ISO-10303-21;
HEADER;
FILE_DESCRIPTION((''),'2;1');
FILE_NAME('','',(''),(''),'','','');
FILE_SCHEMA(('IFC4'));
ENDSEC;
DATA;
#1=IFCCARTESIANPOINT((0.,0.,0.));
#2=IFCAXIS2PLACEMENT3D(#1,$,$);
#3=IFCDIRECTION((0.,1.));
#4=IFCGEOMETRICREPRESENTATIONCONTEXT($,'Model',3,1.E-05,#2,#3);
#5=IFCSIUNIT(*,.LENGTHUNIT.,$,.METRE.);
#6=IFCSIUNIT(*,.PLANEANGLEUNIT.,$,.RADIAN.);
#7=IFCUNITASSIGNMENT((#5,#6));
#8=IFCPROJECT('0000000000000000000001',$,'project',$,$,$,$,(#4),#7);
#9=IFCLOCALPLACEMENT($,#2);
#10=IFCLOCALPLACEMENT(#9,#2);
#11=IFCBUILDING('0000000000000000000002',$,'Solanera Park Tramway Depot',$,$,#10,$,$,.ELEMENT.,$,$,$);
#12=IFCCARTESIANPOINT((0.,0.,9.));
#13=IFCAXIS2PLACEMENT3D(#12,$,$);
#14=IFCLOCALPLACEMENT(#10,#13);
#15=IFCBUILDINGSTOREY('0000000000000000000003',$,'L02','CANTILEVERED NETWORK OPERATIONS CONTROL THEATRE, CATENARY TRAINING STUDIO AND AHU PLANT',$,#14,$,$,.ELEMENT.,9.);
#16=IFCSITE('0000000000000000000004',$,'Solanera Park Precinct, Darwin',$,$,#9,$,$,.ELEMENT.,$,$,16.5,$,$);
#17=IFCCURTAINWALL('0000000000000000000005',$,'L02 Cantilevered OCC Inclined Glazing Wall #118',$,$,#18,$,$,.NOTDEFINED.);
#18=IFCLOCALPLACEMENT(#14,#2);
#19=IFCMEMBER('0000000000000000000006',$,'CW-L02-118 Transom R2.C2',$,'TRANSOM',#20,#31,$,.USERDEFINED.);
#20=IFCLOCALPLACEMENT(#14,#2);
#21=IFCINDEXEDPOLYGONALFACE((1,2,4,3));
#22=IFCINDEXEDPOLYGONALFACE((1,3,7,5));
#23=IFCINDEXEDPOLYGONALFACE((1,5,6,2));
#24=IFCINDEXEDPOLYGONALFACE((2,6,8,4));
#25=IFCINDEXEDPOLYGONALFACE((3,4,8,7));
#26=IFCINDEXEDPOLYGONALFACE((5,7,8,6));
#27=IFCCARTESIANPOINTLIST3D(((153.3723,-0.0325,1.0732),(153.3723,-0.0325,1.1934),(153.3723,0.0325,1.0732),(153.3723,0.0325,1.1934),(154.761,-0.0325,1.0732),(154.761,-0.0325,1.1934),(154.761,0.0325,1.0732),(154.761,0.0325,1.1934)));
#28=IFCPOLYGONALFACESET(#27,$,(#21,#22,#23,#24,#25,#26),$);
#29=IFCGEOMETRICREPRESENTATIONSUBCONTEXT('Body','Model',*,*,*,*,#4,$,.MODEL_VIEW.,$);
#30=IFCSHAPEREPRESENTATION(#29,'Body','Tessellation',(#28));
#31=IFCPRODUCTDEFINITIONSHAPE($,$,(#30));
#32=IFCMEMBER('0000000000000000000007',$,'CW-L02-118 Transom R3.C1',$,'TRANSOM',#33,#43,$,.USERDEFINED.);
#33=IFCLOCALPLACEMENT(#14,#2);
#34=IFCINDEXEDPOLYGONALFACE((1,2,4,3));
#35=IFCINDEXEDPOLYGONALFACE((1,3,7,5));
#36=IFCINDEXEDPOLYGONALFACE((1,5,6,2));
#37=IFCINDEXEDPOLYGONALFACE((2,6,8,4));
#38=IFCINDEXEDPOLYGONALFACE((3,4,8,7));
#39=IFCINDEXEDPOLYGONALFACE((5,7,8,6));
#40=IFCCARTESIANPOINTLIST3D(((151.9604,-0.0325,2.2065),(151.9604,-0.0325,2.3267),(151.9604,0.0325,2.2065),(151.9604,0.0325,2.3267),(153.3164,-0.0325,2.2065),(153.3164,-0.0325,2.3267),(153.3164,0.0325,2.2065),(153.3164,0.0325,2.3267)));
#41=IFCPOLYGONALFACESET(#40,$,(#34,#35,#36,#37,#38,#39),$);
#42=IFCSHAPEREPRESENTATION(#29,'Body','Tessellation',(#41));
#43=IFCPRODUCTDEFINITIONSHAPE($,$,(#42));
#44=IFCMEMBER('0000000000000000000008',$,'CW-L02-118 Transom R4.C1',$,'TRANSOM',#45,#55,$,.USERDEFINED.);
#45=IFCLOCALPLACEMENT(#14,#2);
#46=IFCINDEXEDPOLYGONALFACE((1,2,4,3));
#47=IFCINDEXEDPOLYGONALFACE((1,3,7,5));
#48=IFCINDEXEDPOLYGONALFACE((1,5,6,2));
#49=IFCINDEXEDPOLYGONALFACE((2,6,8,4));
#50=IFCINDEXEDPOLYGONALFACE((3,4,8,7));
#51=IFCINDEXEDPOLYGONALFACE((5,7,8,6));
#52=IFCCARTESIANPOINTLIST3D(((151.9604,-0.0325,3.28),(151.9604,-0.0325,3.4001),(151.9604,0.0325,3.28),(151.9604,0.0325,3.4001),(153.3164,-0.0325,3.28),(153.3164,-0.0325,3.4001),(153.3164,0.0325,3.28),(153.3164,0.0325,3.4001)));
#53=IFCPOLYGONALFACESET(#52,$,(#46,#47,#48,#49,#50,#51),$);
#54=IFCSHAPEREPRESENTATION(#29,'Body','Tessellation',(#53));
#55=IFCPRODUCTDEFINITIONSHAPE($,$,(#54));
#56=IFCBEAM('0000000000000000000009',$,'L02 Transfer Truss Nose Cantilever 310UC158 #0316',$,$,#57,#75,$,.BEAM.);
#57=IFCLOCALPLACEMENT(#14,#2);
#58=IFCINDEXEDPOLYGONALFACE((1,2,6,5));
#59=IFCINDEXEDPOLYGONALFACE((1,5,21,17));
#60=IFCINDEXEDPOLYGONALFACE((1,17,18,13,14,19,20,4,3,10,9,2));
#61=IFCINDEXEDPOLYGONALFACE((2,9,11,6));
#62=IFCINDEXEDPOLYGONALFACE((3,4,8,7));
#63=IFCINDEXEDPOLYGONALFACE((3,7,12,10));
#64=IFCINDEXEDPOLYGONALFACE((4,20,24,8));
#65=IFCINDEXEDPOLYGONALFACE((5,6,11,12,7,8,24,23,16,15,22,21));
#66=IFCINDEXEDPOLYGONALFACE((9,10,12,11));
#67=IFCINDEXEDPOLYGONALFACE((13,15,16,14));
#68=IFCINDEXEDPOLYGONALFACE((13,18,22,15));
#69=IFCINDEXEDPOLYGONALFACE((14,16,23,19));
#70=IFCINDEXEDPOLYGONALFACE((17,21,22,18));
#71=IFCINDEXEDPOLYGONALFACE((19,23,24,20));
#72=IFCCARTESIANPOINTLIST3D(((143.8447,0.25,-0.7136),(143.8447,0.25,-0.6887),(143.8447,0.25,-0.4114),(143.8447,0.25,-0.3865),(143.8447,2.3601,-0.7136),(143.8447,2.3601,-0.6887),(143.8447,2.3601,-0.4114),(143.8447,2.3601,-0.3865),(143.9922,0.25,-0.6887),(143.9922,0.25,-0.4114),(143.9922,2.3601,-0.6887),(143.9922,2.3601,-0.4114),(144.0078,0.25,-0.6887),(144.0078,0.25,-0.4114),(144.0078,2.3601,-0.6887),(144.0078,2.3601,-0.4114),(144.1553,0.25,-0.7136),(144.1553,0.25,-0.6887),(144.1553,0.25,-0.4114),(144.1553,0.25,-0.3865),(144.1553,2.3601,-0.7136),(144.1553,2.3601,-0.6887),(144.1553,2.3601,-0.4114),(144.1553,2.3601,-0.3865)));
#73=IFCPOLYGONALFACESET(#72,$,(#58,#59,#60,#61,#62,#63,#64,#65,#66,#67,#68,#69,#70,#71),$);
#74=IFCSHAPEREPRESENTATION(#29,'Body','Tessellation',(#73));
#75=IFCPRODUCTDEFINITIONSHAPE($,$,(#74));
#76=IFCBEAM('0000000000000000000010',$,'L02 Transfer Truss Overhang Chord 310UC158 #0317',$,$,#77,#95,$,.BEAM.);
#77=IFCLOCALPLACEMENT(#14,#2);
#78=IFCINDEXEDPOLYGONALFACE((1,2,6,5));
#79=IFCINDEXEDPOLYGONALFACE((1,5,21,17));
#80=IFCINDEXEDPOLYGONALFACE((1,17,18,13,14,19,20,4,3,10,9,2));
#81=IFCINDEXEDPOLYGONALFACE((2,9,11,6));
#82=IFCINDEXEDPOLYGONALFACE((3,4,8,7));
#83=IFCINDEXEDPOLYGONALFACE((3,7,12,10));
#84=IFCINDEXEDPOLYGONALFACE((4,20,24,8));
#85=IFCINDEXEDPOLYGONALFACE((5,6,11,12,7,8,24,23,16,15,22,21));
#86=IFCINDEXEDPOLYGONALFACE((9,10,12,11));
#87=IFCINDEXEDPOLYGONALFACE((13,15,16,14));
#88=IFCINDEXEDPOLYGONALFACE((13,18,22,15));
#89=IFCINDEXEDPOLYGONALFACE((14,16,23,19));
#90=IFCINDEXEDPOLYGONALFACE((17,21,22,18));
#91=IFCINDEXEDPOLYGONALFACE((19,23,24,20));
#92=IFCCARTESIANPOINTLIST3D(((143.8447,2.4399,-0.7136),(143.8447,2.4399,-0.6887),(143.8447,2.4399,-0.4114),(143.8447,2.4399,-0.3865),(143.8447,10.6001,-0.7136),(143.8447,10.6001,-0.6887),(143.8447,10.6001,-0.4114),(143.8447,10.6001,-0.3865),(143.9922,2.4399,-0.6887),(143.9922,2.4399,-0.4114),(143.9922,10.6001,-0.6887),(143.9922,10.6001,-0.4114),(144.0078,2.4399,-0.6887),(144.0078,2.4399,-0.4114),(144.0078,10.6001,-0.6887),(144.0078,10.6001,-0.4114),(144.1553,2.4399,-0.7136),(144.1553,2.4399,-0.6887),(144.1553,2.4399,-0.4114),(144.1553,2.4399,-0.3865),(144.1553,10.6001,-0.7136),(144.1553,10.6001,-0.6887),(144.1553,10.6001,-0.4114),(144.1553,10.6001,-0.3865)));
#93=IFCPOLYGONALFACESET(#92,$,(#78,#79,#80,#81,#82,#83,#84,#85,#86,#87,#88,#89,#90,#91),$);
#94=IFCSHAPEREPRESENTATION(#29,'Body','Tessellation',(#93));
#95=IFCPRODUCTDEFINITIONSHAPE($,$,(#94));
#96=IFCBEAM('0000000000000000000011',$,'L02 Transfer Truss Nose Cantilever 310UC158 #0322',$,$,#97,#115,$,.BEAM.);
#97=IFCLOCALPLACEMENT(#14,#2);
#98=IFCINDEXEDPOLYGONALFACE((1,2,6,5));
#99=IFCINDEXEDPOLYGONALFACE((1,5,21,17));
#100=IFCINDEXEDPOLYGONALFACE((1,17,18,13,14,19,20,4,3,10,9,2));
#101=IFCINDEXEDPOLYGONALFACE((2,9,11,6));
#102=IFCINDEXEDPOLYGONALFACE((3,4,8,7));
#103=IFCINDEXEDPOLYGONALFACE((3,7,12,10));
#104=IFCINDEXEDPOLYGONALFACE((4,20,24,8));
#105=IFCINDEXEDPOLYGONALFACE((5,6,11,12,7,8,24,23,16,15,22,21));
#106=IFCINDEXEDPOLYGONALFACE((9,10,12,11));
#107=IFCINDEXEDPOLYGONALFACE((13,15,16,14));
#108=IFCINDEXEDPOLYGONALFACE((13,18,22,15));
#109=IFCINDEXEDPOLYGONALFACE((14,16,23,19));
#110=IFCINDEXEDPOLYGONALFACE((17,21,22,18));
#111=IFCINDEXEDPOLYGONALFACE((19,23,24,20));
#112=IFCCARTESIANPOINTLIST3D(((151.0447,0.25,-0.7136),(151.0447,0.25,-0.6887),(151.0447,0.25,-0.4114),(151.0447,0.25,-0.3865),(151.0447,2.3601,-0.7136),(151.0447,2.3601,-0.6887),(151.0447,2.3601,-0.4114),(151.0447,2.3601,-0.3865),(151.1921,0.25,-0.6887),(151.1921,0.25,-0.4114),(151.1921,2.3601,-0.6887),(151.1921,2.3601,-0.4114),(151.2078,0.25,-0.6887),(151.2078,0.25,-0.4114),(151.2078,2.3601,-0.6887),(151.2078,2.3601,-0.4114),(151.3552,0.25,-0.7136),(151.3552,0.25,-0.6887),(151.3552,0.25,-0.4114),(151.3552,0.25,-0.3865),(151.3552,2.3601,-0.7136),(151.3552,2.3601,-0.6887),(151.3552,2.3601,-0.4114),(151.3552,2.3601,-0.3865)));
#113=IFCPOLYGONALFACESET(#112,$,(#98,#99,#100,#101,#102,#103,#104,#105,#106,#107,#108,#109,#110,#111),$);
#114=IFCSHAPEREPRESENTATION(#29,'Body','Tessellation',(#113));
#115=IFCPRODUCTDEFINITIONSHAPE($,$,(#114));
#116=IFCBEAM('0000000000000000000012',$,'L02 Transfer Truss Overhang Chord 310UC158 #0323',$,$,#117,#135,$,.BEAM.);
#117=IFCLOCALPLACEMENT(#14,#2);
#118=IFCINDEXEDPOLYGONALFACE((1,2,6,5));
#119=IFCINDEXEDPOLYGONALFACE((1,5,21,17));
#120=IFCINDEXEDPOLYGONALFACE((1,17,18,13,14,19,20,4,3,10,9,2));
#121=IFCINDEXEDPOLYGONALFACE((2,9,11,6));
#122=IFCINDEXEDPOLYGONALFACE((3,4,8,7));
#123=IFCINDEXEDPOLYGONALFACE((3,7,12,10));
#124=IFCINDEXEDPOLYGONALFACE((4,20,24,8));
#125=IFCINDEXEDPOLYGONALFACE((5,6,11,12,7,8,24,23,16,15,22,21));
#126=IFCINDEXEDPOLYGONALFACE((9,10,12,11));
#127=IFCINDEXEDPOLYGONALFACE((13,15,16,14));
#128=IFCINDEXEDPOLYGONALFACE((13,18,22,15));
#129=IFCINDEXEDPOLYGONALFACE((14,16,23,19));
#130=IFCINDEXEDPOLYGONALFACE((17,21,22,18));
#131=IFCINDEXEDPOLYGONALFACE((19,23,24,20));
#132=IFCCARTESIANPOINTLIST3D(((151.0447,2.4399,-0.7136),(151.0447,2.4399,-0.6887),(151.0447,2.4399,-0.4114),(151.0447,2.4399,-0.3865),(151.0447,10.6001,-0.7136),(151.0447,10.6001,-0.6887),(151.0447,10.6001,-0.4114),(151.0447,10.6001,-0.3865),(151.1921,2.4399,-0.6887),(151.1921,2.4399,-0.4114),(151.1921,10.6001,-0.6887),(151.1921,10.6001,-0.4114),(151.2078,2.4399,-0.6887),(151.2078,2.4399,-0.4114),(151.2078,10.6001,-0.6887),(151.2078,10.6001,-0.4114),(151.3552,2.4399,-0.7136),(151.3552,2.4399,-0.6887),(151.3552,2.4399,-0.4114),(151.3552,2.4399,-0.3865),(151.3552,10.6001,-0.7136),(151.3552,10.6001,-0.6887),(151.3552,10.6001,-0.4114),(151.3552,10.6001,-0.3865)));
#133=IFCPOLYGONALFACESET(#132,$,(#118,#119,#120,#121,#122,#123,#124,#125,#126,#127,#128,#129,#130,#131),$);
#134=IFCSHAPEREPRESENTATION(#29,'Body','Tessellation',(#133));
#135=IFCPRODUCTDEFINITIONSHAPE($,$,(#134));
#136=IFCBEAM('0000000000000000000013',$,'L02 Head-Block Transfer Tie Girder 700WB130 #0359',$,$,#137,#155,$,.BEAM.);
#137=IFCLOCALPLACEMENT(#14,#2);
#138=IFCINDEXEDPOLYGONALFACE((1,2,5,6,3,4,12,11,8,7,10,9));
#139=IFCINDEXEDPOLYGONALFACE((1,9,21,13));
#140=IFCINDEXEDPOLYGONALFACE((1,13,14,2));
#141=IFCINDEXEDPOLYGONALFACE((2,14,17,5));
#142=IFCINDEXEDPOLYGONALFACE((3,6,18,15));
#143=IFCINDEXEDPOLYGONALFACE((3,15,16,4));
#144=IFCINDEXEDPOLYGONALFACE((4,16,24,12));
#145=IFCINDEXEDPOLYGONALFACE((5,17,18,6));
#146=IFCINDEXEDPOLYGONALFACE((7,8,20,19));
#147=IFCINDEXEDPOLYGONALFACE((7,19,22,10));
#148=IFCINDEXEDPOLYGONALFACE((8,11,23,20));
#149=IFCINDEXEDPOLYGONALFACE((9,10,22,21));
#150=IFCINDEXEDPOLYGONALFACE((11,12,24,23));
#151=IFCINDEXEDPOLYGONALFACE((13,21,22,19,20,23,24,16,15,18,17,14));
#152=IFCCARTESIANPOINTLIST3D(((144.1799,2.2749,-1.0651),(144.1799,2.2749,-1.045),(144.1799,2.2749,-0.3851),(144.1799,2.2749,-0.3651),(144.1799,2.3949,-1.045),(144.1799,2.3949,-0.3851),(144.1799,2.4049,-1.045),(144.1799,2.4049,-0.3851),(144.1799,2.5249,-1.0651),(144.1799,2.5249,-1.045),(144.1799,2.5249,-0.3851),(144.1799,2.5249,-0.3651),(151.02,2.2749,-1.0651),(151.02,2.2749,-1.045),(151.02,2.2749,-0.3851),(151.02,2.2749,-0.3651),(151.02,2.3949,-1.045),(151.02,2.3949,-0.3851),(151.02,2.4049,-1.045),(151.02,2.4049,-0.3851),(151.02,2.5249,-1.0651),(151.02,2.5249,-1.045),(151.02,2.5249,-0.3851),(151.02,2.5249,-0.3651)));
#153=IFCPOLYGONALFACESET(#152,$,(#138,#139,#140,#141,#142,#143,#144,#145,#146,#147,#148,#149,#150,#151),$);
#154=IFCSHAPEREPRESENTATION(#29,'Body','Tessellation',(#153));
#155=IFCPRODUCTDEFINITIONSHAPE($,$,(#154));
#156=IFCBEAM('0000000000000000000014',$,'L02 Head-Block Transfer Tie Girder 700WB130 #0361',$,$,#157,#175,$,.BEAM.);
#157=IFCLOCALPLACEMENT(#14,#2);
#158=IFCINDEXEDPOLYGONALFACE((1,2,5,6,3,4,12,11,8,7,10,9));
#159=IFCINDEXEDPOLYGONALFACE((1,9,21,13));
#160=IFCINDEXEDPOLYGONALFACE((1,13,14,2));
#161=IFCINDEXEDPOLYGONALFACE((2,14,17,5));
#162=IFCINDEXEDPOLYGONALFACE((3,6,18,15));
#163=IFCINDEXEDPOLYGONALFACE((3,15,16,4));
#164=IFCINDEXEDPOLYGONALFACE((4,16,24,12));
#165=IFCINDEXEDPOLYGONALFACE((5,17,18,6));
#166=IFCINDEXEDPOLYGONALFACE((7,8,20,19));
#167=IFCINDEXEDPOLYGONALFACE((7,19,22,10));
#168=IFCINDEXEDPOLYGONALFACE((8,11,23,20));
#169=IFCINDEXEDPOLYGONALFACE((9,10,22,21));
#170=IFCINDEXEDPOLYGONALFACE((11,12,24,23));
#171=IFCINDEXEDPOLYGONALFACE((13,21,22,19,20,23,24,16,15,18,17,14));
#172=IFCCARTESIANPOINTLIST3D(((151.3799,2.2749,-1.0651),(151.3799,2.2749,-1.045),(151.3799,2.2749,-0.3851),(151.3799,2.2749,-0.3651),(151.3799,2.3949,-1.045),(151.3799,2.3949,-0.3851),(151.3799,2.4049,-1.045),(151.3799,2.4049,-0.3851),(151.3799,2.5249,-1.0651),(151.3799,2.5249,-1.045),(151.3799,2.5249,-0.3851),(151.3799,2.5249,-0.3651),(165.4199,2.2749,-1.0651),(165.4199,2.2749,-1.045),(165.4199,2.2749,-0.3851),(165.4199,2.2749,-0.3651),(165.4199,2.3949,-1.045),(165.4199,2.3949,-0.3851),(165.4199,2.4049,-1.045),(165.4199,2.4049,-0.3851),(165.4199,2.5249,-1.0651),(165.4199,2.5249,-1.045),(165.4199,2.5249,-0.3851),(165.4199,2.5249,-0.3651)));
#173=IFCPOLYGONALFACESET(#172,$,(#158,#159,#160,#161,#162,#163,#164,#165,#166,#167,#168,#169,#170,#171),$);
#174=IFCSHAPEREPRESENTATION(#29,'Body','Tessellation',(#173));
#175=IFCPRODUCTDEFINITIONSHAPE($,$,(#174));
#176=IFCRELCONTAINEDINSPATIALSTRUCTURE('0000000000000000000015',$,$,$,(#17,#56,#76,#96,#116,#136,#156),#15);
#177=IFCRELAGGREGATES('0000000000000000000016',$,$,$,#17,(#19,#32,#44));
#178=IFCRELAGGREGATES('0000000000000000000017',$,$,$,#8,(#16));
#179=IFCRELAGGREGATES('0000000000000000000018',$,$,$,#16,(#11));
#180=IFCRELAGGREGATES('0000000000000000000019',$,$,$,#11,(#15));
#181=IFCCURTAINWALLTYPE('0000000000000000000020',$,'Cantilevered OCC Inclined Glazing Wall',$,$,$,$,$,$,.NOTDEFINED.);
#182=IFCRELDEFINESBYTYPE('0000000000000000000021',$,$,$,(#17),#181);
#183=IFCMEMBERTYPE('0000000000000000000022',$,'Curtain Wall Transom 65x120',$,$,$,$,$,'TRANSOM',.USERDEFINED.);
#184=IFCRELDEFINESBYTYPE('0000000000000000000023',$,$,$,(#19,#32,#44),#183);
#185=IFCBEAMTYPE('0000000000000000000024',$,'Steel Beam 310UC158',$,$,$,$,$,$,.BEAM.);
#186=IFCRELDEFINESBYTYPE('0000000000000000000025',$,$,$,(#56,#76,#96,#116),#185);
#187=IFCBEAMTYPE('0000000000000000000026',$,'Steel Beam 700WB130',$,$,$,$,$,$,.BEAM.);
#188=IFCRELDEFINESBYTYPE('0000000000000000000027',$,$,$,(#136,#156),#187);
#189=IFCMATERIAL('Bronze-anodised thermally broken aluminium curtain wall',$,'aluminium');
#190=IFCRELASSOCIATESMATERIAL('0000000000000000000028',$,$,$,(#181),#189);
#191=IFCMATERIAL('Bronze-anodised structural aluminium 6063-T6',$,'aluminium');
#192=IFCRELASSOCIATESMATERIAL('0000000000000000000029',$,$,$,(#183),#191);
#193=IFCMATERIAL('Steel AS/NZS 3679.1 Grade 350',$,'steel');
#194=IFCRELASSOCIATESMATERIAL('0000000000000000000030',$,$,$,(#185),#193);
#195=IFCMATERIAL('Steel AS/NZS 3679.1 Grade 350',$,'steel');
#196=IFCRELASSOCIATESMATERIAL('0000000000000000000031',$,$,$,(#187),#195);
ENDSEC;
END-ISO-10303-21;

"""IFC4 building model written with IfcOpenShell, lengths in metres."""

from ifc_helpers import new_model, si_unit, direction, frame, origin, origin_2d, place, context, subcontext, project, spatial, rectangle, i_section, extrude, material, material_profile, profile_set, type_object, element, aggregate, save


model = new_model("IFC4")

# Units and contexts
model_context = context("Model", 3, precision=1e-05, world=origin(), true_north=direction((0.0, 1.0)))
body_context = subcontext(model_context, "Body", "Model", "MODEL_VIEW")
ifc_project = project(units=[si_unit("LENGTHUNIT", "METRE"), si_unit("PLANEANGLEUNIT", "RADIAN")], contexts=[model_context])

# Site, building, storey
site_placement = place(None, origin())
site = spatial("IfcSite", under=ifc_project, at=site_placement, Name="Solanera Park Precinct, Darwin", CompositionType="ELEMENT", RefElevation=16.5)
building_placement = place(site_placement, origin())
building = spatial("IfcBuilding", under=site, at=building_placement, Name="Solanera Park Tramway Depot", CompositionType="ELEMENT")
storey_placement = place(building_placement, frame((0.0, 0.0, 9.0)))
storey = spatial("IfcBuildingStorey", under=building, at=storey_placement, Name="L02", Description="CANTILEVERED NETWORK OPERATIONS CONTROL THEATRE, CATENARY TRAINING STUDIO AND AHU PLANT", CompositionType="ELEMENT", Elevation=9.0)

# Shared definitions
ifc_material_1 = material(Name="Bronze-anodised thermally broken aluminium curtain wall", Category="aluminium")
curtain_wall_type = type_object("IfcCurtainWallType", Name="Cantilevered OCC Inclined Glazing Wall", PredefinedType="NOTDEFINED", material=ifc_material_1)

# Curtain wall, members
curtain_wall_1_placement = place(storey_placement, origin())
curtain_wall_1 = element("IfcCurtainWall", 1, at=curtain_wall_1_placement, inside=storey, type_object=curtain_wall_type, Name="L02 Cantilevered OCC Inclined Glazing Wall #118", PredefinedType="NOTDEFINED")
ifc_material_2 = material(Name="Bronze-anodised structural aluminium 6063-T6", Category="aluminium")
ifc_material_profile_1 = material_profile(ifc_material_2, rectangle(XDim=0.0649, YDim=0.1201, at=origin_2d()), Name="Curtain Wall Transom 65x120")
ifc_profile_set_1 = profile_set([ifc_material_profile_1], Name="Bronze-anodised structural aluminium 6063-T6")
member_type_1 = type_object("IfcMemberType", Name="Curtain Wall Transom 65x120", ElementType="TRANSOM", PredefinedType="USERDEFINED", material=ifc_profile_set_1)
member_1_placement = place(storey_placement, frame((153.3723, 0.0, 1.1333), z_axis=(1.0, 0.0, 0.0), x_axis=(0.0, 1.0, 0.0)))
member_1 = element("IfcMember", 2, at=member_1_placement, type_object=member_type_1, Name="CW-L02-118 Transom R2.C2", ObjectType="TRANSOM", PredefinedType="USERDEFINED", context=body_context, shape_type="SweptSolid", body=[
    extrude(rectangle(XDim=0.0649, YDim=0.1201, at=origin_2d()), origin(), (0.0, 0.0, 1.0), 1.3887),
])
member_2_placement = place(storey_placement, frame((151.9604, 0.0, 2.2666), z_axis=(1.0, 0.0, 0.0), x_axis=(0.0, 1.0, 0.0)))
member_2 = element("IfcMember", 3, at=member_2_placement, type_object=member_type_1, Name="CW-L02-118 Transom R3.C1", ObjectType="TRANSOM", PredefinedType="USERDEFINED", context=body_context, shape_type="SweptSolid", body=[
    extrude(rectangle(XDim=0.0649, YDim=0.1201, at=origin_2d()), origin(), (0.0, 0.0, 1.0), 1.356),
])
member_3_placement = place(storey_placement, frame((151.9604, 0.0, 3.3401), z_axis=(1.0, 0.0, 0.0), x_axis=(0.0, 1.0, 0.0)))
member_3 = element("IfcMember", 4, at=member_3_placement, type_object=member_type_1, Name="CW-L02-118 Transom R4.C1", ObjectType="TRANSOM", PredefinedType="USERDEFINED", context=body_context, shape_type="SweptSolid", body=[
    extrude(rectangle(XDim=0.0649, YDim=0.1201, at=origin_2d()), origin(), (0.0, 0.0, 1.0), 1.356),
])

# Beams
ifc_material_3 = material(Name="Steel AS/NZS 3679.1 Grade 350", Category="steel")
ifc_material_profile_2 = material_profile(ifc_material_3, i_section(OverallWidth=0.3105, OverallDepth=0.3271, WebThickness=0.0156, FlangeThickness=0.0249, at=origin_2d()), Name="310UC158")
ifc_profile_set_2 = profile_set([ifc_material_profile_2], Name="Steel AS/NZS 3679.1 Grade 350")
beam_type_1 = type_object("IfcBeamType", Name="Steel Beam 310UC158", PredefinedType="BEAM", material=ifc_profile_set_2)
beam_1_placement = place(storey_placement, frame((144.0, 0.25, -0.55), z_axis=(0.0, 1.0, 0.0), x_axis=(-1.0, 0.0, 0.0)))
element("IfcBeam", 5, at=beam_1_placement, inside=storey, type_object=beam_type_1, Name="L02 Transfer Truss Nose Cantilever 310UC158 #0316", PredefinedType="BEAM", context=body_context, shape_type="SweptSolid", body=[
    extrude(i_section(OverallWidth=0.3105, OverallDepth=0.3271, WebThickness=0.0156, FlangeThickness=0.0249, at=origin_2d()), origin(), (0.0, 0.0, 1.0), 2.1101),
])
beam_2_placement = place(storey_placement, frame((144.0, 2.4399, -0.55), z_axis=(0.0, 1.0, 0.0), x_axis=(-1.0, 0.0, 0.0)))
element("IfcBeam", 6, at=beam_2_placement, inside=storey, type_object=beam_type_1, Name="L02 Transfer Truss Overhang Chord 310UC158 #0317", PredefinedType="BEAM", context=body_context, shape_type="SweptSolid", body=[
    extrude(i_section(OverallWidth=0.3105, OverallDepth=0.3271, WebThickness=0.0156, FlangeThickness=0.0249, at=origin_2d()), origin(), (0.0, 0.0, 1.0), 8.1602),
])
beam_3_placement = place(storey_placement, frame((151.2, 0.25, -0.55), z_axis=(0.0, 1.0, 0.0), x_axis=(-1.0, 0.0, 0.0)))
element("IfcBeam", 7, at=beam_3_placement, inside=storey, type_object=beam_type_1, Name="L02 Transfer Truss Nose Cantilever 310UC158 #0322", PredefinedType="BEAM", context=body_context, shape_type="SweptSolid", body=[
    extrude(i_section(OverallWidth=0.3105, OverallDepth=0.3271, WebThickness=0.0156, FlangeThickness=0.0249, at=origin_2d()), origin(), (0.0, 0.0, 1.0), 2.1101),
])
beam_4_placement = place(storey_placement, frame((151.2, 2.4399, -0.55), z_axis=(0.0, 1.0, 0.0), x_axis=(-1.0, 0.0, 0.0)))
element("IfcBeam", 8, at=beam_4_placement, inside=storey, type_object=beam_type_1, Name="L02 Transfer Truss Overhang Chord 310UC158 #0323", PredefinedType="BEAM", context=body_context, shape_type="SweptSolid", body=[
    extrude(i_section(OverallWidth=0.3105, OverallDepth=0.3271, WebThickness=0.0156, FlangeThickness=0.0249, at=origin_2d()), origin(), (0.0, 0.0, 1.0), 8.1602),
])
ifc_material_4 = material(Name="Steel AS/NZS 3679.1 Grade 350", Category="steel")
ifc_material_profile_3 = material_profile(ifc_material_4, i_section(OverallWidth=0.25, OverallDepth=0.7, WebThickness=0.01, FlangeThickness=0.02, at=origin_2d()), Name="700WB130")
ifc_profile_set_3 = profile_set([ifc_material_profile_3], Name="Steel AS/NZS 3679.1 Grade 350")
beam_type_2 = type_object("IfcBeamType", Name="Steel Beam 700WB130", PredefinedType="BEAM", material=ifc_profile_set_3)
beam_5_placement = place(storey_placement, frame((144.1799, 2.3999, -0.7151), z_axis=(1.0, 0.0, 0.0), x_axis=(0.0, 1.0, 0.0)))
element("IfcBeam", 9, at=beam_5_placement, inside=storey, type_object=beam_type_2, Name="L02 Head-Block Transfer Tie Girder 700WB130 #0359", PredefinedType="BEAM", context=body_context, shape_type="SweptSolid", body=[
    extrude(i_section(OverallWidth=0.25, OverallDepth=0.7, WebThickness=0.01, FlangeThickness=0.02, at=origin_2d()), origin(), (0.0, 0.0, 1.0), 6.8401),
])
beam_6_placement = place(storey_placement, frame((151.3799, 2.3999, -0.7151), z_axis=(1.0, 0.0, 0.0), x_axis=(0.0, 1.0, 0.0)))
element("IfcBeam", 10, at=beam_6_placement, inside=storey, type_object=beam_type_2, Name="L02 Head-Block Transfer Tie Girder 700WB130 #0361", PredefinedType="BEAM", context=body_context, shape_type="SweptSolid", body=[
    extrude(i_section(OverallWidth=0.25, OverallDepth=0.7, WebThickness=0.01, FlangeThickness=0.02, at=origin_2d()), origin(), (0.0, 0.0, 1.0), 14.04),
])

aggregate(curtain_wall_1, [member_1, member_2, member_3])

save(model, "model.ifc")
